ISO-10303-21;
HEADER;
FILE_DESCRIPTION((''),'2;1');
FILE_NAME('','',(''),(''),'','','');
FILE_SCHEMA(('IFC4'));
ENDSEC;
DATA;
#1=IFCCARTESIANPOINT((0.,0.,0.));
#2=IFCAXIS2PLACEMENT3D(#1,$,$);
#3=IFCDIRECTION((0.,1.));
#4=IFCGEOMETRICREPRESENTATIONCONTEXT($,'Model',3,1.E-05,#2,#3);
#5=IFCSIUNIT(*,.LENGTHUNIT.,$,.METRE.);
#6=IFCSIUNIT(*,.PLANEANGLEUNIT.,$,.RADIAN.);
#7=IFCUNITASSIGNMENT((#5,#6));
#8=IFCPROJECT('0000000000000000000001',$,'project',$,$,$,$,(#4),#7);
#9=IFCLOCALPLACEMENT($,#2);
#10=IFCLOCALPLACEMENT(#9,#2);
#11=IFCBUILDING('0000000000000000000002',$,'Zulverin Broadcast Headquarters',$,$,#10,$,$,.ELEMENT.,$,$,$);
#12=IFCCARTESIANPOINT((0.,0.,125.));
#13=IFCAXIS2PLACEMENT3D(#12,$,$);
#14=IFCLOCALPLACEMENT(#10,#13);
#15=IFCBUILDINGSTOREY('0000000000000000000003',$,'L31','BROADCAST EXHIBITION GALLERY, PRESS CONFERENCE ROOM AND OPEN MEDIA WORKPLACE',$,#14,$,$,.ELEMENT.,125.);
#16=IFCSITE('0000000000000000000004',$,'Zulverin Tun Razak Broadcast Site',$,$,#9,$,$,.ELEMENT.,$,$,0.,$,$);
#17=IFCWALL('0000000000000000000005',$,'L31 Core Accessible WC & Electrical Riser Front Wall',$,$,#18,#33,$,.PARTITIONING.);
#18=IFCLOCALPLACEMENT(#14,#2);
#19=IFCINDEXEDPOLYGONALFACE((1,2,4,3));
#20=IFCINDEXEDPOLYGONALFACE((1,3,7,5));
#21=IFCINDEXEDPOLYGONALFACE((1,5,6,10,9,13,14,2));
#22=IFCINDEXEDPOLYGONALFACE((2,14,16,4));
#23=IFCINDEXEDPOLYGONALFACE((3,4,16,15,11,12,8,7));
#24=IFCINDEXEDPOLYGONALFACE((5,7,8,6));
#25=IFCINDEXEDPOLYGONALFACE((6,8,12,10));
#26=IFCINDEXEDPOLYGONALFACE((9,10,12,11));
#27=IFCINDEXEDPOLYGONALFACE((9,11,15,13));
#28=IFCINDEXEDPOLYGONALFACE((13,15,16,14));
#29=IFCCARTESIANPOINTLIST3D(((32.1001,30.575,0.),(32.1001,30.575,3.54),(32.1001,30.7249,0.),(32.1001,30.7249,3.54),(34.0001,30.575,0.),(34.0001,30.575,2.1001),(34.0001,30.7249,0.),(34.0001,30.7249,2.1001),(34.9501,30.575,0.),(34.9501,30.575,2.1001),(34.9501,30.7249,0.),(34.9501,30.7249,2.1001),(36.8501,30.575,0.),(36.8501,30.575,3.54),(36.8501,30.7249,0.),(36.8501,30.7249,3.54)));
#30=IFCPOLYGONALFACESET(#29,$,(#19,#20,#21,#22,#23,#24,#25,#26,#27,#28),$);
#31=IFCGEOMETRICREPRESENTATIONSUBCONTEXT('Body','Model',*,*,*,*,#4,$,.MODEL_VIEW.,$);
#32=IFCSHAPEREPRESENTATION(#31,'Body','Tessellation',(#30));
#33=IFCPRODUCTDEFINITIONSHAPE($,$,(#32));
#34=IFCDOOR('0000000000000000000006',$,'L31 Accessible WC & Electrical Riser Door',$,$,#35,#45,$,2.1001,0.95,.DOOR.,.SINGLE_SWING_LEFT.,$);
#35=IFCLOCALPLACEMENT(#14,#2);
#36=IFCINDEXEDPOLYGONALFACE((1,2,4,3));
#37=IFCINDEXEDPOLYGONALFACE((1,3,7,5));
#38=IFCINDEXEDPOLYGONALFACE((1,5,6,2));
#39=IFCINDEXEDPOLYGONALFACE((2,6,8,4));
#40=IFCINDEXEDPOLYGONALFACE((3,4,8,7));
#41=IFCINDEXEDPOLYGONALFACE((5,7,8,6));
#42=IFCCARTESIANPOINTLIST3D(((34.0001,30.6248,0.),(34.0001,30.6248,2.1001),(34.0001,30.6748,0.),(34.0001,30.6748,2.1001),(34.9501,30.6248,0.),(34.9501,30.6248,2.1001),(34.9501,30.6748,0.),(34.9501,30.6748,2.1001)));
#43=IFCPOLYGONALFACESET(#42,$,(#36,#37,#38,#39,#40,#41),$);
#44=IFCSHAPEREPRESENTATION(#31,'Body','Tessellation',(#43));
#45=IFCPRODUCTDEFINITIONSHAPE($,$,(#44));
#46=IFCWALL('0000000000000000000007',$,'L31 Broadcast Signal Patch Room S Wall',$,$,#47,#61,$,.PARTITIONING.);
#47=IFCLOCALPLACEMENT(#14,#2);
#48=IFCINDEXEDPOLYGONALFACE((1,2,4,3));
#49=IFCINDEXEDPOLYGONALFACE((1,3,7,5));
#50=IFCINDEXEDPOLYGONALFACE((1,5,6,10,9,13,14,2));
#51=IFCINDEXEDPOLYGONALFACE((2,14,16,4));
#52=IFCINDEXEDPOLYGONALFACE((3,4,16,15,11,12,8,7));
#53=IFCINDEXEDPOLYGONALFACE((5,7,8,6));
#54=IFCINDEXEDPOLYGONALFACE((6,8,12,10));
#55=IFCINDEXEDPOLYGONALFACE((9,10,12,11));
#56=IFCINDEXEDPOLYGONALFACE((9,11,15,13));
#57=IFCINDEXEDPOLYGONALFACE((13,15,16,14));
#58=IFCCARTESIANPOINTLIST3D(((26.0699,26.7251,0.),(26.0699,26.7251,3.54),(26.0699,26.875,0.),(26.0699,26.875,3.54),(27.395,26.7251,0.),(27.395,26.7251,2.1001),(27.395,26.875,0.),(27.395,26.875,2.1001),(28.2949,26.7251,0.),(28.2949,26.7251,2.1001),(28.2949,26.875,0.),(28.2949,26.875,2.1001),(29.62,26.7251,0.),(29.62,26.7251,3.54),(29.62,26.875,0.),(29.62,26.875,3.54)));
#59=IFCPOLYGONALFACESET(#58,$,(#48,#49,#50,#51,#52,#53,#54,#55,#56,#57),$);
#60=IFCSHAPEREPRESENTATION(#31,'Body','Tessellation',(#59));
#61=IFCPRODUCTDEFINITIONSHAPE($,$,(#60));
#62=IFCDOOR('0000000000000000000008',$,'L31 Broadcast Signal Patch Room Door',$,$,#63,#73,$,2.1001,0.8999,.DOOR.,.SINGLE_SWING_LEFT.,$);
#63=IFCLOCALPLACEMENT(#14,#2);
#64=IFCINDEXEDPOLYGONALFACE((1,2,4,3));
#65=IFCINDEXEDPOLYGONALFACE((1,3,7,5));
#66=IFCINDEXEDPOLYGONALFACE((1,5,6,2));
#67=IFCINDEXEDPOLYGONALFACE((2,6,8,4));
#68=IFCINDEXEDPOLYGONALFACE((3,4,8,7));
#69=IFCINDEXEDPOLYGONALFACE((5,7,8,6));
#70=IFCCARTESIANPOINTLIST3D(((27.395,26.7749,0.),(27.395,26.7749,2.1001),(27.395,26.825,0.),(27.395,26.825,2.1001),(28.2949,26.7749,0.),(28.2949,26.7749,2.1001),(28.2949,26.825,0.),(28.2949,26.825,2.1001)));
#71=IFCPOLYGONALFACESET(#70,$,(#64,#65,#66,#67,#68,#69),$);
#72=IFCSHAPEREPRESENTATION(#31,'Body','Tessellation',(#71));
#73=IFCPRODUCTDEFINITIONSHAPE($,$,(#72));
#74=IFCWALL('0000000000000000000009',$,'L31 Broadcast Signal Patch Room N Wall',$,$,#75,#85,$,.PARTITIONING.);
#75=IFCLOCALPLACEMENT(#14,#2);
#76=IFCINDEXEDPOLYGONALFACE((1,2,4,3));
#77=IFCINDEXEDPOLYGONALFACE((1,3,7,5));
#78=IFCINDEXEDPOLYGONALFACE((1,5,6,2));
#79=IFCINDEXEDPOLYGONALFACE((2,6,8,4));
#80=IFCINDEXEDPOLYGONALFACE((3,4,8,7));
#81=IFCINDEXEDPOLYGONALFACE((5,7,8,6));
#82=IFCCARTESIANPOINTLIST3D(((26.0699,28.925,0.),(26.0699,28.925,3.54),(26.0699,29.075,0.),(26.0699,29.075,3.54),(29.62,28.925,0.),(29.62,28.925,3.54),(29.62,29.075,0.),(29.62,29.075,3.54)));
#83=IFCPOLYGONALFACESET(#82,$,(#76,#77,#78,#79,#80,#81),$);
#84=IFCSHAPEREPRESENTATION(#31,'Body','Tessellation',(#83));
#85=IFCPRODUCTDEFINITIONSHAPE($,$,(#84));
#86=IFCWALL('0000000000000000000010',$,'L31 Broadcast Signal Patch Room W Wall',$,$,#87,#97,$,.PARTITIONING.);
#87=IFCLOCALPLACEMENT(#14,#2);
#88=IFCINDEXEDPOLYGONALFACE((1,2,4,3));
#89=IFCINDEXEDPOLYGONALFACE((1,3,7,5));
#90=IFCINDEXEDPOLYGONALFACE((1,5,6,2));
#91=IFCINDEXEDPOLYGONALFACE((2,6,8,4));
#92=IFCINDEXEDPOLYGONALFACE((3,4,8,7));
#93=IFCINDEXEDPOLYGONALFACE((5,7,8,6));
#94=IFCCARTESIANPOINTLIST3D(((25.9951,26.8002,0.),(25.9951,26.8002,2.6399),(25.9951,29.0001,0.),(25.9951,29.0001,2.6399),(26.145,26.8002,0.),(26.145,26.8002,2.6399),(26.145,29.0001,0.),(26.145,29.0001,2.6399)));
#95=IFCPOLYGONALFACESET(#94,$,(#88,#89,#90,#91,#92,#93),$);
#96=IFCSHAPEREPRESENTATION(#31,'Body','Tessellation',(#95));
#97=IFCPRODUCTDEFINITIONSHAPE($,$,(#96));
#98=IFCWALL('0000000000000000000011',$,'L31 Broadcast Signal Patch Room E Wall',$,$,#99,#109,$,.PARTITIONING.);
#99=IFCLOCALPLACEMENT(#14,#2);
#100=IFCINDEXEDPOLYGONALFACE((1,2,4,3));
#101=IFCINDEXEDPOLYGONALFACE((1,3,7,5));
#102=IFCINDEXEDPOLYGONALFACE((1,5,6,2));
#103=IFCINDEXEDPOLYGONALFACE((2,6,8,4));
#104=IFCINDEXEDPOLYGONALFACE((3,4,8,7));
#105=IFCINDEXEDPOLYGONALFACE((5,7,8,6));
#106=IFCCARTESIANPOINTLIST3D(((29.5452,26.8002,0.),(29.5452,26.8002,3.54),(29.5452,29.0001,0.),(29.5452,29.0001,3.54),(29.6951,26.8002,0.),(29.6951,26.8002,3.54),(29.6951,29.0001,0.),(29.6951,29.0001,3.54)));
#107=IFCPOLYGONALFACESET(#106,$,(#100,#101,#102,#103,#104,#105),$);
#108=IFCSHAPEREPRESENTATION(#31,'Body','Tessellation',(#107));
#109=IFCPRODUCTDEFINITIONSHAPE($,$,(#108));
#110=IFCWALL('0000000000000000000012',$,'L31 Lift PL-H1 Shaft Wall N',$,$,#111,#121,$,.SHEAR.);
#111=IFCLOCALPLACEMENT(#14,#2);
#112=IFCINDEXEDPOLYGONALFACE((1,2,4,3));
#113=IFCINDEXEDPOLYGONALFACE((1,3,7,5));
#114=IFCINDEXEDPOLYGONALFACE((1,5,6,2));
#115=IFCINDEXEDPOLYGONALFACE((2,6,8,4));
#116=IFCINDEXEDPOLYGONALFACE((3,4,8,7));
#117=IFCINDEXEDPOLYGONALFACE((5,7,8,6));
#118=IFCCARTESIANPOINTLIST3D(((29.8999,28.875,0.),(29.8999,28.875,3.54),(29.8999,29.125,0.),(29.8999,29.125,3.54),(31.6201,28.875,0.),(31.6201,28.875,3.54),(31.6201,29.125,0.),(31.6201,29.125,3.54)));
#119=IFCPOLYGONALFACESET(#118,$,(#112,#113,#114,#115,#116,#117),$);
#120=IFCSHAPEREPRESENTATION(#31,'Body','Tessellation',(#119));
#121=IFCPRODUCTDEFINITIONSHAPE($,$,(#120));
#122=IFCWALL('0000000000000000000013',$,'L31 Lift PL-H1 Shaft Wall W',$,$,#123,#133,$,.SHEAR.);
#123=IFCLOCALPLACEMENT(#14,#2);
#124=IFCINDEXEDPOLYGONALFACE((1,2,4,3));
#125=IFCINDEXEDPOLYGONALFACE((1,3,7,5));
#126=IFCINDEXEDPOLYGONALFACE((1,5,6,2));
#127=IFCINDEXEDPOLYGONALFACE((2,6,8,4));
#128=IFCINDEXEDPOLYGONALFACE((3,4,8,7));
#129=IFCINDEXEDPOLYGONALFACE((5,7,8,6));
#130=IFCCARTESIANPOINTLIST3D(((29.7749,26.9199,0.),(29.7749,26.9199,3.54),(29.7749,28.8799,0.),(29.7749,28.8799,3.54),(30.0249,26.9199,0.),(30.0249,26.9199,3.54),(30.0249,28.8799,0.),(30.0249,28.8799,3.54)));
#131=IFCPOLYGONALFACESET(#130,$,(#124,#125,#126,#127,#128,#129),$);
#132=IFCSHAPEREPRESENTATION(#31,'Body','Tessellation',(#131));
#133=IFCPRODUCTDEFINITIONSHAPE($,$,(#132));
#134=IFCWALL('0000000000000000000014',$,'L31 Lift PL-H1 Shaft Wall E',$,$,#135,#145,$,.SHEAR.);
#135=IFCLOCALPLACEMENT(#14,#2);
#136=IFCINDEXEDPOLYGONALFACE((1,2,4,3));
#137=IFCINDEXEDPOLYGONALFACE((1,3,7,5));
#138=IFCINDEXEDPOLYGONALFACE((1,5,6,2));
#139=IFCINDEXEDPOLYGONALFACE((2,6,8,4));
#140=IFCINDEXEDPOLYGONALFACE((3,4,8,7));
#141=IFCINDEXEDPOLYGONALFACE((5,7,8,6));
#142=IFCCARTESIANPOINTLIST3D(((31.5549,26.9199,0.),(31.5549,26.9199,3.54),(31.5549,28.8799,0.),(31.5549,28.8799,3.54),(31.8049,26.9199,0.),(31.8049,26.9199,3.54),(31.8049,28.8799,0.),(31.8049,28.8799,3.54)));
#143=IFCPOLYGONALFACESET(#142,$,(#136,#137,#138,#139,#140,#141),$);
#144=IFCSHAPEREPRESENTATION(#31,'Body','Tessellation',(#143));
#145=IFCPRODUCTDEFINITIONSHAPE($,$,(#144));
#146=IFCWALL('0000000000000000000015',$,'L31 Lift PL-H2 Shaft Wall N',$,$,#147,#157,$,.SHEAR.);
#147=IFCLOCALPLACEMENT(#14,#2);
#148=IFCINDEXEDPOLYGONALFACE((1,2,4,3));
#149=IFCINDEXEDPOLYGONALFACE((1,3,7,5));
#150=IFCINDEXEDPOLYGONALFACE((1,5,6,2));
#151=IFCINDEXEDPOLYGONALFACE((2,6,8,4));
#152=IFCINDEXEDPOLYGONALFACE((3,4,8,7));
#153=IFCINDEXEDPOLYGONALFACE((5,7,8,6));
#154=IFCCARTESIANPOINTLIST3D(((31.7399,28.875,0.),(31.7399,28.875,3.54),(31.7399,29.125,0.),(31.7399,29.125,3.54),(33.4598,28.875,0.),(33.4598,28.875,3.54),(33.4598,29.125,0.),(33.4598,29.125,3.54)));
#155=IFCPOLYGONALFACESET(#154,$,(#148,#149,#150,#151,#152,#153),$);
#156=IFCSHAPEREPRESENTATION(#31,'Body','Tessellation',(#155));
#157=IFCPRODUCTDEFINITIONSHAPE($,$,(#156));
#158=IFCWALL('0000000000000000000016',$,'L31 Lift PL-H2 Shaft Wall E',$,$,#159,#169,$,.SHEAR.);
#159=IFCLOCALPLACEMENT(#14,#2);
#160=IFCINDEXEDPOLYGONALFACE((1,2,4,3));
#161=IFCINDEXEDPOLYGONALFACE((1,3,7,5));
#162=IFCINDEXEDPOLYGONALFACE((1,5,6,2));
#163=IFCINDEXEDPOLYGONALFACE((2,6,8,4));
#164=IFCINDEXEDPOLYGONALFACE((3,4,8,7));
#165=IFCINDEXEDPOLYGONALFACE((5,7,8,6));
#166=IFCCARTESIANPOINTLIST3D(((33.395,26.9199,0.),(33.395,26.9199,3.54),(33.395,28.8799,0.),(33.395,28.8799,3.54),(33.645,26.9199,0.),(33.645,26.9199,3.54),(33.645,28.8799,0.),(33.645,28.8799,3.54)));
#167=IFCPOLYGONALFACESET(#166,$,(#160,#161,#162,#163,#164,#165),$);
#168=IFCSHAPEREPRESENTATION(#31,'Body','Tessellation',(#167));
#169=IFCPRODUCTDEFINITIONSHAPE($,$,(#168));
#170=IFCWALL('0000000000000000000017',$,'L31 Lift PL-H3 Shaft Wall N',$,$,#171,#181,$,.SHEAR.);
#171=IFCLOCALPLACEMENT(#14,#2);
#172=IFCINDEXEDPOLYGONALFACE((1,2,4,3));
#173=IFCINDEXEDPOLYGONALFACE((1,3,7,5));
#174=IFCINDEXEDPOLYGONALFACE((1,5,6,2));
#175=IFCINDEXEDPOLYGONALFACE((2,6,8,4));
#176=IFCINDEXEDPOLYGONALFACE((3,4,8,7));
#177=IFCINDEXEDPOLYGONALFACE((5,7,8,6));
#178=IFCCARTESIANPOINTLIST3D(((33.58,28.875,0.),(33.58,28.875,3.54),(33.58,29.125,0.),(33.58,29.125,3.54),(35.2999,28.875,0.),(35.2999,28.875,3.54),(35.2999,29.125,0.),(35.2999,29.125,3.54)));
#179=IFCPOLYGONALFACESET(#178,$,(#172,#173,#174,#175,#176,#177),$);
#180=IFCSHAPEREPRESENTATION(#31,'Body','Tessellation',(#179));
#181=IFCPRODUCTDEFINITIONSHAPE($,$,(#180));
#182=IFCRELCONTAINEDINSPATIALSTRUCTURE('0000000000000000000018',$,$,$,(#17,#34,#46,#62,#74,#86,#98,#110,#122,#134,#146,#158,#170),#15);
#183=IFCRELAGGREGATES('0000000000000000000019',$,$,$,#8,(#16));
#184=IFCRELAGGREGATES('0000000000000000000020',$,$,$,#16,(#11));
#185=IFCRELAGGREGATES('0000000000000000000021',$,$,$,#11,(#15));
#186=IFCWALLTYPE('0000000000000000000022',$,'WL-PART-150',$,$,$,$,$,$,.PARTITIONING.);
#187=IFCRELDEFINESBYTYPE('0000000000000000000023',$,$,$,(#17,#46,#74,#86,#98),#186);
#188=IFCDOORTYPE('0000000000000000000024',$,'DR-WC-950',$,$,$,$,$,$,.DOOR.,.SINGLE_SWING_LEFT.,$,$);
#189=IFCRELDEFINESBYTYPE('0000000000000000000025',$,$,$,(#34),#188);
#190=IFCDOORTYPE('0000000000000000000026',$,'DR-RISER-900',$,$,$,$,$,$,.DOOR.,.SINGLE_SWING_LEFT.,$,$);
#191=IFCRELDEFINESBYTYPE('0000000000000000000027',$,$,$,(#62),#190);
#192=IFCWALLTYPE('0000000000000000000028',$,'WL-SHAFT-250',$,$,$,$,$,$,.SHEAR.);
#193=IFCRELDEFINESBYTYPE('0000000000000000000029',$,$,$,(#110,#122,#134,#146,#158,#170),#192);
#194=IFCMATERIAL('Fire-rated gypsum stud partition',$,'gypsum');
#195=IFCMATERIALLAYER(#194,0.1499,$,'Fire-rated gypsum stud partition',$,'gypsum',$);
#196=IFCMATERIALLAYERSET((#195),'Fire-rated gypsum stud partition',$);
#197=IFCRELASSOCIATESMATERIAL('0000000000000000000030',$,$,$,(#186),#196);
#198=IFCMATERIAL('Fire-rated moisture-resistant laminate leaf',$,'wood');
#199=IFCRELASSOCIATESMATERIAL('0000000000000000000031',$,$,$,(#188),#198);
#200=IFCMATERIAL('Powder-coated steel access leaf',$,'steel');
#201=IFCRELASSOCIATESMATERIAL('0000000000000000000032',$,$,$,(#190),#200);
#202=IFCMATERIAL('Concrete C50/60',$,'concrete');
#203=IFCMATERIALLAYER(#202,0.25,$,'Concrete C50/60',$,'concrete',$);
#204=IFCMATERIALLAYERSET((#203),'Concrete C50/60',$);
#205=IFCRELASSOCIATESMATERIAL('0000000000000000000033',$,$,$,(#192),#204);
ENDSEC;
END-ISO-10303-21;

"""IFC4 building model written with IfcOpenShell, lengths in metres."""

from ifc_helpers import new_model, si_unit, direction, frame, frame_2d, origin, place, context, subcontext, project, spatial, rectangle, extrude, material, layer, layer_set, type_object, element, fill, save


model = new_model("IFC4")

# Units and contexts
model_context = context("Model", 3, precision=1e-05, world=origin(), true_north=direction((0.0, 1.0)))
body_context = subcontext(model_context, "Body", "Model", "MODEL_VIEW")
ifc_project = project(units=[si_unit("LENGTHUNIT", "METRE"), si_unit("PLANEANGLEUNIT", "RADIAN")], contexts=[model_context])

# Site, building, storey
site_placement = place(None, origin())
site = spatial("IfcSite", under=ifc_project, at=site_placement, Name="Zulverin Tun Razak Broadcast Site", CompositionType="ELEMENT", RefElevation=0.0)
building_placement = place(site_placement, origin())
building = spatial("IfcBuilding", under=site, at=building_placement, Name="Zulverin Broadcast Headquarters", CompositionType="ELEMENT")
storey_placement = place(building_placement, frame((0.0, 0.0, 125.0)))
storey = spatial("IfcBuildingStorey", under=building, at=storey_placement, Name="L31", Description="BROADCAST EXHIBITION GALLERY, PRESS CONFERENCE ROOM AND OPEN MEDIA WORKPLACE", CompositionType="ELEMENT", Elevation=125.0)

# Walls, openings, doors
ifc_material_1 = material(Name="Fire-rated gypsum stud partition", Category="gypsum")
ifc_layer_1 = layer(ifc_material_1, 0.1499, Name="Fire-rated gypsum stud partition", Category="gypsum")
ifc_layer_set_1 = layer_set([ifc_layer_1], Name="Fire-rated gypsum stud partition")
wall_type_1 = type_object("IfcWallType", Name="WL-PART-150", PredefinedType="PARTITIONING", material=ifc_layer_set_1)
wall_1_placement = place(storey_placement, frame((32.1001, 30.6499, 0.0), z_axis=(0.0, 0.0, 1.0), x_axis=(1.0, 0.0, 0.0)))
wall_1 = element("IfcWall", 1, at=wall_1_placement, inside=storey, type_object=wall_type_1, Name="L31 Core Accessible WC & Electrical Riser Front Wall", PredefinedType="PARTITIONING", context=body_context, shape_type="SweptSolid", body=[
    extrude(rectangle(XDim=4.75, YDim=0.1499, at=frame_2d((2.375, 0.0))), origin(), (0.0, 0.0, 1.0), 3.54),
])
opening_1_placement = place(wall_1_placement, frame((1.8999, 0.0, 0.0)))
opening_1 = element("IfcOpeningElement", 2, at=opening_1_placement, cuts=wall_1, PredefinedType="OPENING", context=body_context, shape_type="SweptSolid", body=[
    extrude(rectangle(XDim=0.95, YDim=2.1001, at=frame_2d((0.4751, 1.05))), frame((0.0, 0.085, 0.0), z_axis=(0.0, -1.0, 0.0), x_axis=(1.0, 0.0, 0.0)), (0.0, 0.0, 1.0), 0.1699),
])
ifc_material_2 = material(Name="Fire-rated moisture-resistant laminate leaf", Category="wood")
door_type_1 = type_object("IfcDoorType", Name="DR-WC-950", OperationType="SINGLE_SWING_LEFT", PredefinedType="DOOR", material=ifc_material_2)
door_1_placement = place(opening_1_placement, origin())
door_1 = element("IfcDoor", 3, at=door_1_placement, inside=storey, type_object=door_type_1, Name="L31 Accessible WC & Electrical Riser Door", OperationType="SINGLE_SWING_LEFT", OverallHeight=2.1001, OverallWidth=0.95, PredefinedType="DOOR", context=body_context, shape_type="SweptSolid", body=[
    extrude(rectangle(XDim=0.95, YDim=2.1001, at=frame_2d((0.4751, 1.05))), frame((0.0, 0.0249, 0.0), z_axis=(0.0, -1.0, 0.0), x_axis=(1.0, 0.0, 0.0)), (0.0, 0.0, 1.0), 0.05),
])
fill(opening_1, door_1)
wall_2_placement = place(storey_placement, frame((26.0701, 26.8, 0.0), z_axis=(0.0, 0.0, 1.0), x_axis=(1.0, 0.0, 0.0)))
wall_2 = element("IfcWall", 4, at=wall_2_placement, inside=storey, type_object=wall_type_1, Name="L31 Broadcast Signal Patch Room S Wall", PredefinedType="PARTITIONING", context=body_context, shape_type="SweptSolid", body=[
    extrude(rectangle(XDim=3.55, YDim=0.1499, at=frame_2d((1.7749, 0.0))), origin(), (0.0, 0.0, 1.0), 3.54),
])
opening_2_placement = place(wall_2_placement, frame((1.325, 0.0, 0.0)))
opening_2 = element("IfcOpeningElement", 5, at=opening_2_placement, cuts=wall_2, PredefinedType="OPENING", context=body_context, shape_type="SweptSolid", body=[
    extrude(rectangle(XDim=0.8999, YDim=2.1001, at=frame_2d((0.45, 1.05))), frame((0.0, 0.085, 0.0), z_axis=(0.0, -1.0, 0.0), x_axis=(1.0, 0.0, 0.0)), (0.0, 0.0, 1.0), 0.1699),
])
ifc_material_3 = material(Name="Powder-coated steel access leaf", Category="steel")
door_type_2 = type_object("IfcDoorType", Name="DR-RISER-900", OperationType="SINGLE_SWING_LEFT", PredefinedType="DOOR", material=ifc_material_3)
door_2_placement = place(opening_2_placement, origin())
door_2 = element("IfcDoor", 6, at=door_2_placement, inside=storey, type_object=door_type_2, Name="L31 Broadcast Signal Patch Room Door", OperationType="SINGLE_SWING_LEFT", OverallHeight=2.1001, OverallWidth=0.8999, PredefinedType="DOOR", context=body_context, shape_type="SweptSolid", body=[
    extrude(rectangle(XDim=0.8999, YDim=2.1001, at=frame_2d((0.45, 1.05))), frame((0.0, 0.0249, 0.0), z_axis=(0.0, -1.0, 0.0), x_axis=(1.0, 0.0, 0.0)), (0.0, 0.0, 1.0), 0.05),
])
fill(opening_2, door_2)

# Walls
wall_3_placement = place(storey_placement, frame((26.0701, 29.0, 0.0), z_axis=(0.0, 0.0, 1.0), x_axis=(1.0, 0.0, 0.0)))
element("IfcWall", 7, at=wall_3_placement, inside=storey, type_object=wall_type_1, Name="L31 Broadcast Signal Patch Room N Wall", PredefinedType="PARTITIONING", context=body_context, shape_type="SweptSolid", body=[
    extrude(rectangle(XDim=3.55, YDim=0.1499, at=frame_2d((1.7749, 0.0))), origin(), (0.0, 0.0, 1.0), 3.54),
])
wall_4_placement = place(storey_placement, frame((26.0701, 26.8, 0.0), z_axis=(0.0, 0.0, 1.0), x_axis=(0.0, 1.0, 0.0)))
element("IfcWall", 8, at=wall_4_placement, inside=storey, type_object=wall_type_1, Name="L31 Broadcast Signal Patch Room W Wall", PredefinedType="PARTITIONING", context=body_context, shape_type="SweptSolid", body=[
    extrude(rectangle(XDim=2.2, YDim=0.1499, at=frame_2d((1.1001, 0.0))), origin(), (0.0, 0.0, 1.0), 2.6399),
])
wall_5_placement = place(storey_placement, frame((29.6201, 26.8, 0.0), z_axis=(0.0, 0.0, 1.0), x_axis=(0.0, 1.0, 0.0)))
element("IfcWall", 9, at=wall_5_placement, inside=storey, type_object=wall_type_1, Name="L31 Broadcast Signal Patch Room E Wall", PredefinedType="PARTITIONING", context=body_context, shape_type="SweptSolid", body=[
    extrude(rectangle(XDim=2.2, YDim=0.1499, at=frame_2d((1.1001, 0.0))), origin(), (0.0, 0.0, 1.0), 3.54),
])

# Shared definitions
ifc_material_4 = material(Name="Concrete C50/60", Category="concrete")
ifc_layer_2 = layer(ifc_material_4, 0.25, Name="Concrete C50/60", Category="concrete")
ifc_layer_set_2 = layer_set([ifc_layer_2], Name="Concrete C50/60")
wall_type_2 = type_object("IfcWallType", Name="WL-SHAFT-250", PredefinedType="SHEAR", material=ifc_layer_set_2)

# Walls
wall_6_placement = place(storey_placement, frame((29.8999, 29.0, 0.0), z_axis=(0.0, 0.0, 1.0), x_axis=(1.0, 0.0, 0.0)))
element("IfcWall", 10, at=wall_6_placement, inside=storey, type_object=wall_type_2, Name="L31 Lift PL-H1 Shaft Wall N", PredefinedType="SHEAR", context=body_context, shape_type="SweptSolid", body=[
    extrude(rectangle(XDim=1.7202, YDim=0.25, at=frame_2d((0.8601, 0.0))), origin(), (0.0, 0.0, 1.0), 3.54),
])
for number, where, z_axis, x_axis, name in (
    (11, (29.8999, 26.9199, 0.0), (0.0, 0.0, 1.0), (0.0, 1.0, 0.0), "L31 Lift PL-H1 Shaft Wall W"),
    (12, (31.6799, 26.9199, 0.0), (0.0, 0.0, 1.0), (0.0, 1.0, 0.0), "L31 Lift PL-H1 Shaft Wall E"),
):
    element("IfcWall", number, at=place(storey_placement, frame(where, z_axis=z_axis, x_axis=x_axis)), inside=storey, type_object=wall_type_2, Name=name, PredefinedType="SHEAR", context=body_context, shape_type="SweptSolid", body=[
        extrude(rectangle(XDim=1.96, YDim=0.25, at=frame_2d((0.98, 0.0))), origin(), (0.0, 0.0, 1.0), 3.54),
    ])

# Walls
wall_7_placement = place(storey_placement, frame((31.74, 29.0, 0.0), z_axis=(0.0, 0.0, 1.0), x_axis=(1.0, 0.0, 0.0)))
element("IfcWall", 13, at=wall_7_placement, inside=storey, type_object=wall_type_2, Name="L31 Lift PL-H2 Shaft Wall N", PredefinedType="SHEAR", context=body_context, shape_type="SweptSolid", body=[
    extrude(rectangle(XDim=1.72, YDim=0.25, at=frame_2d((0.8599, 0.0))), origin(), (0.0, 0.0, 1.0), 3.54),
])
wall_8_placement = place(storey_placement, frame((33.52, 26.9199, 0.0), z_axis=(0.0, 0.0, 1.0), x_axis=(0.0, 1.0, 0.0)))
element("IfcWall", 14, at=wall_8_placement, inside=storey, type_object=wall_type_2, Name="L31 Lift PL-H2 Shaft Wall E", PredefinedType="SHEAR", context=body_context, shape_type="SweptSolid", body=[
    extrude(rectangle(XDim=1.96, YDim=0.25, at=frame_2d((0.98, 0.0))), origin(), (0.0, 0.0, 1.0), 3.54),
])

# Wall
wall_9_placement = place(storey_placement, frame((33.5801, 29.0, 0.0), z_axis=(0.0, 0.0, 1.0), x_axis=(1.0, 0.0, 0.0)))
element("IfcWall", 15, at=wall_9_placement, inside=storey, type_object=wall_type_2, Name="L31 Lift PL-H3 Shaft Wall N", PredefinedType="SHEAR", context=body_context, shape_type="SweptSolid", body=[
    extrude(rectangle(XDim=1.72, YDim=0.25, at=frame_2d((0.8599, 0.0))), origin(), (0.0, 0.0, 1.0), 3.54),
])

save(model, "model.ifc")
